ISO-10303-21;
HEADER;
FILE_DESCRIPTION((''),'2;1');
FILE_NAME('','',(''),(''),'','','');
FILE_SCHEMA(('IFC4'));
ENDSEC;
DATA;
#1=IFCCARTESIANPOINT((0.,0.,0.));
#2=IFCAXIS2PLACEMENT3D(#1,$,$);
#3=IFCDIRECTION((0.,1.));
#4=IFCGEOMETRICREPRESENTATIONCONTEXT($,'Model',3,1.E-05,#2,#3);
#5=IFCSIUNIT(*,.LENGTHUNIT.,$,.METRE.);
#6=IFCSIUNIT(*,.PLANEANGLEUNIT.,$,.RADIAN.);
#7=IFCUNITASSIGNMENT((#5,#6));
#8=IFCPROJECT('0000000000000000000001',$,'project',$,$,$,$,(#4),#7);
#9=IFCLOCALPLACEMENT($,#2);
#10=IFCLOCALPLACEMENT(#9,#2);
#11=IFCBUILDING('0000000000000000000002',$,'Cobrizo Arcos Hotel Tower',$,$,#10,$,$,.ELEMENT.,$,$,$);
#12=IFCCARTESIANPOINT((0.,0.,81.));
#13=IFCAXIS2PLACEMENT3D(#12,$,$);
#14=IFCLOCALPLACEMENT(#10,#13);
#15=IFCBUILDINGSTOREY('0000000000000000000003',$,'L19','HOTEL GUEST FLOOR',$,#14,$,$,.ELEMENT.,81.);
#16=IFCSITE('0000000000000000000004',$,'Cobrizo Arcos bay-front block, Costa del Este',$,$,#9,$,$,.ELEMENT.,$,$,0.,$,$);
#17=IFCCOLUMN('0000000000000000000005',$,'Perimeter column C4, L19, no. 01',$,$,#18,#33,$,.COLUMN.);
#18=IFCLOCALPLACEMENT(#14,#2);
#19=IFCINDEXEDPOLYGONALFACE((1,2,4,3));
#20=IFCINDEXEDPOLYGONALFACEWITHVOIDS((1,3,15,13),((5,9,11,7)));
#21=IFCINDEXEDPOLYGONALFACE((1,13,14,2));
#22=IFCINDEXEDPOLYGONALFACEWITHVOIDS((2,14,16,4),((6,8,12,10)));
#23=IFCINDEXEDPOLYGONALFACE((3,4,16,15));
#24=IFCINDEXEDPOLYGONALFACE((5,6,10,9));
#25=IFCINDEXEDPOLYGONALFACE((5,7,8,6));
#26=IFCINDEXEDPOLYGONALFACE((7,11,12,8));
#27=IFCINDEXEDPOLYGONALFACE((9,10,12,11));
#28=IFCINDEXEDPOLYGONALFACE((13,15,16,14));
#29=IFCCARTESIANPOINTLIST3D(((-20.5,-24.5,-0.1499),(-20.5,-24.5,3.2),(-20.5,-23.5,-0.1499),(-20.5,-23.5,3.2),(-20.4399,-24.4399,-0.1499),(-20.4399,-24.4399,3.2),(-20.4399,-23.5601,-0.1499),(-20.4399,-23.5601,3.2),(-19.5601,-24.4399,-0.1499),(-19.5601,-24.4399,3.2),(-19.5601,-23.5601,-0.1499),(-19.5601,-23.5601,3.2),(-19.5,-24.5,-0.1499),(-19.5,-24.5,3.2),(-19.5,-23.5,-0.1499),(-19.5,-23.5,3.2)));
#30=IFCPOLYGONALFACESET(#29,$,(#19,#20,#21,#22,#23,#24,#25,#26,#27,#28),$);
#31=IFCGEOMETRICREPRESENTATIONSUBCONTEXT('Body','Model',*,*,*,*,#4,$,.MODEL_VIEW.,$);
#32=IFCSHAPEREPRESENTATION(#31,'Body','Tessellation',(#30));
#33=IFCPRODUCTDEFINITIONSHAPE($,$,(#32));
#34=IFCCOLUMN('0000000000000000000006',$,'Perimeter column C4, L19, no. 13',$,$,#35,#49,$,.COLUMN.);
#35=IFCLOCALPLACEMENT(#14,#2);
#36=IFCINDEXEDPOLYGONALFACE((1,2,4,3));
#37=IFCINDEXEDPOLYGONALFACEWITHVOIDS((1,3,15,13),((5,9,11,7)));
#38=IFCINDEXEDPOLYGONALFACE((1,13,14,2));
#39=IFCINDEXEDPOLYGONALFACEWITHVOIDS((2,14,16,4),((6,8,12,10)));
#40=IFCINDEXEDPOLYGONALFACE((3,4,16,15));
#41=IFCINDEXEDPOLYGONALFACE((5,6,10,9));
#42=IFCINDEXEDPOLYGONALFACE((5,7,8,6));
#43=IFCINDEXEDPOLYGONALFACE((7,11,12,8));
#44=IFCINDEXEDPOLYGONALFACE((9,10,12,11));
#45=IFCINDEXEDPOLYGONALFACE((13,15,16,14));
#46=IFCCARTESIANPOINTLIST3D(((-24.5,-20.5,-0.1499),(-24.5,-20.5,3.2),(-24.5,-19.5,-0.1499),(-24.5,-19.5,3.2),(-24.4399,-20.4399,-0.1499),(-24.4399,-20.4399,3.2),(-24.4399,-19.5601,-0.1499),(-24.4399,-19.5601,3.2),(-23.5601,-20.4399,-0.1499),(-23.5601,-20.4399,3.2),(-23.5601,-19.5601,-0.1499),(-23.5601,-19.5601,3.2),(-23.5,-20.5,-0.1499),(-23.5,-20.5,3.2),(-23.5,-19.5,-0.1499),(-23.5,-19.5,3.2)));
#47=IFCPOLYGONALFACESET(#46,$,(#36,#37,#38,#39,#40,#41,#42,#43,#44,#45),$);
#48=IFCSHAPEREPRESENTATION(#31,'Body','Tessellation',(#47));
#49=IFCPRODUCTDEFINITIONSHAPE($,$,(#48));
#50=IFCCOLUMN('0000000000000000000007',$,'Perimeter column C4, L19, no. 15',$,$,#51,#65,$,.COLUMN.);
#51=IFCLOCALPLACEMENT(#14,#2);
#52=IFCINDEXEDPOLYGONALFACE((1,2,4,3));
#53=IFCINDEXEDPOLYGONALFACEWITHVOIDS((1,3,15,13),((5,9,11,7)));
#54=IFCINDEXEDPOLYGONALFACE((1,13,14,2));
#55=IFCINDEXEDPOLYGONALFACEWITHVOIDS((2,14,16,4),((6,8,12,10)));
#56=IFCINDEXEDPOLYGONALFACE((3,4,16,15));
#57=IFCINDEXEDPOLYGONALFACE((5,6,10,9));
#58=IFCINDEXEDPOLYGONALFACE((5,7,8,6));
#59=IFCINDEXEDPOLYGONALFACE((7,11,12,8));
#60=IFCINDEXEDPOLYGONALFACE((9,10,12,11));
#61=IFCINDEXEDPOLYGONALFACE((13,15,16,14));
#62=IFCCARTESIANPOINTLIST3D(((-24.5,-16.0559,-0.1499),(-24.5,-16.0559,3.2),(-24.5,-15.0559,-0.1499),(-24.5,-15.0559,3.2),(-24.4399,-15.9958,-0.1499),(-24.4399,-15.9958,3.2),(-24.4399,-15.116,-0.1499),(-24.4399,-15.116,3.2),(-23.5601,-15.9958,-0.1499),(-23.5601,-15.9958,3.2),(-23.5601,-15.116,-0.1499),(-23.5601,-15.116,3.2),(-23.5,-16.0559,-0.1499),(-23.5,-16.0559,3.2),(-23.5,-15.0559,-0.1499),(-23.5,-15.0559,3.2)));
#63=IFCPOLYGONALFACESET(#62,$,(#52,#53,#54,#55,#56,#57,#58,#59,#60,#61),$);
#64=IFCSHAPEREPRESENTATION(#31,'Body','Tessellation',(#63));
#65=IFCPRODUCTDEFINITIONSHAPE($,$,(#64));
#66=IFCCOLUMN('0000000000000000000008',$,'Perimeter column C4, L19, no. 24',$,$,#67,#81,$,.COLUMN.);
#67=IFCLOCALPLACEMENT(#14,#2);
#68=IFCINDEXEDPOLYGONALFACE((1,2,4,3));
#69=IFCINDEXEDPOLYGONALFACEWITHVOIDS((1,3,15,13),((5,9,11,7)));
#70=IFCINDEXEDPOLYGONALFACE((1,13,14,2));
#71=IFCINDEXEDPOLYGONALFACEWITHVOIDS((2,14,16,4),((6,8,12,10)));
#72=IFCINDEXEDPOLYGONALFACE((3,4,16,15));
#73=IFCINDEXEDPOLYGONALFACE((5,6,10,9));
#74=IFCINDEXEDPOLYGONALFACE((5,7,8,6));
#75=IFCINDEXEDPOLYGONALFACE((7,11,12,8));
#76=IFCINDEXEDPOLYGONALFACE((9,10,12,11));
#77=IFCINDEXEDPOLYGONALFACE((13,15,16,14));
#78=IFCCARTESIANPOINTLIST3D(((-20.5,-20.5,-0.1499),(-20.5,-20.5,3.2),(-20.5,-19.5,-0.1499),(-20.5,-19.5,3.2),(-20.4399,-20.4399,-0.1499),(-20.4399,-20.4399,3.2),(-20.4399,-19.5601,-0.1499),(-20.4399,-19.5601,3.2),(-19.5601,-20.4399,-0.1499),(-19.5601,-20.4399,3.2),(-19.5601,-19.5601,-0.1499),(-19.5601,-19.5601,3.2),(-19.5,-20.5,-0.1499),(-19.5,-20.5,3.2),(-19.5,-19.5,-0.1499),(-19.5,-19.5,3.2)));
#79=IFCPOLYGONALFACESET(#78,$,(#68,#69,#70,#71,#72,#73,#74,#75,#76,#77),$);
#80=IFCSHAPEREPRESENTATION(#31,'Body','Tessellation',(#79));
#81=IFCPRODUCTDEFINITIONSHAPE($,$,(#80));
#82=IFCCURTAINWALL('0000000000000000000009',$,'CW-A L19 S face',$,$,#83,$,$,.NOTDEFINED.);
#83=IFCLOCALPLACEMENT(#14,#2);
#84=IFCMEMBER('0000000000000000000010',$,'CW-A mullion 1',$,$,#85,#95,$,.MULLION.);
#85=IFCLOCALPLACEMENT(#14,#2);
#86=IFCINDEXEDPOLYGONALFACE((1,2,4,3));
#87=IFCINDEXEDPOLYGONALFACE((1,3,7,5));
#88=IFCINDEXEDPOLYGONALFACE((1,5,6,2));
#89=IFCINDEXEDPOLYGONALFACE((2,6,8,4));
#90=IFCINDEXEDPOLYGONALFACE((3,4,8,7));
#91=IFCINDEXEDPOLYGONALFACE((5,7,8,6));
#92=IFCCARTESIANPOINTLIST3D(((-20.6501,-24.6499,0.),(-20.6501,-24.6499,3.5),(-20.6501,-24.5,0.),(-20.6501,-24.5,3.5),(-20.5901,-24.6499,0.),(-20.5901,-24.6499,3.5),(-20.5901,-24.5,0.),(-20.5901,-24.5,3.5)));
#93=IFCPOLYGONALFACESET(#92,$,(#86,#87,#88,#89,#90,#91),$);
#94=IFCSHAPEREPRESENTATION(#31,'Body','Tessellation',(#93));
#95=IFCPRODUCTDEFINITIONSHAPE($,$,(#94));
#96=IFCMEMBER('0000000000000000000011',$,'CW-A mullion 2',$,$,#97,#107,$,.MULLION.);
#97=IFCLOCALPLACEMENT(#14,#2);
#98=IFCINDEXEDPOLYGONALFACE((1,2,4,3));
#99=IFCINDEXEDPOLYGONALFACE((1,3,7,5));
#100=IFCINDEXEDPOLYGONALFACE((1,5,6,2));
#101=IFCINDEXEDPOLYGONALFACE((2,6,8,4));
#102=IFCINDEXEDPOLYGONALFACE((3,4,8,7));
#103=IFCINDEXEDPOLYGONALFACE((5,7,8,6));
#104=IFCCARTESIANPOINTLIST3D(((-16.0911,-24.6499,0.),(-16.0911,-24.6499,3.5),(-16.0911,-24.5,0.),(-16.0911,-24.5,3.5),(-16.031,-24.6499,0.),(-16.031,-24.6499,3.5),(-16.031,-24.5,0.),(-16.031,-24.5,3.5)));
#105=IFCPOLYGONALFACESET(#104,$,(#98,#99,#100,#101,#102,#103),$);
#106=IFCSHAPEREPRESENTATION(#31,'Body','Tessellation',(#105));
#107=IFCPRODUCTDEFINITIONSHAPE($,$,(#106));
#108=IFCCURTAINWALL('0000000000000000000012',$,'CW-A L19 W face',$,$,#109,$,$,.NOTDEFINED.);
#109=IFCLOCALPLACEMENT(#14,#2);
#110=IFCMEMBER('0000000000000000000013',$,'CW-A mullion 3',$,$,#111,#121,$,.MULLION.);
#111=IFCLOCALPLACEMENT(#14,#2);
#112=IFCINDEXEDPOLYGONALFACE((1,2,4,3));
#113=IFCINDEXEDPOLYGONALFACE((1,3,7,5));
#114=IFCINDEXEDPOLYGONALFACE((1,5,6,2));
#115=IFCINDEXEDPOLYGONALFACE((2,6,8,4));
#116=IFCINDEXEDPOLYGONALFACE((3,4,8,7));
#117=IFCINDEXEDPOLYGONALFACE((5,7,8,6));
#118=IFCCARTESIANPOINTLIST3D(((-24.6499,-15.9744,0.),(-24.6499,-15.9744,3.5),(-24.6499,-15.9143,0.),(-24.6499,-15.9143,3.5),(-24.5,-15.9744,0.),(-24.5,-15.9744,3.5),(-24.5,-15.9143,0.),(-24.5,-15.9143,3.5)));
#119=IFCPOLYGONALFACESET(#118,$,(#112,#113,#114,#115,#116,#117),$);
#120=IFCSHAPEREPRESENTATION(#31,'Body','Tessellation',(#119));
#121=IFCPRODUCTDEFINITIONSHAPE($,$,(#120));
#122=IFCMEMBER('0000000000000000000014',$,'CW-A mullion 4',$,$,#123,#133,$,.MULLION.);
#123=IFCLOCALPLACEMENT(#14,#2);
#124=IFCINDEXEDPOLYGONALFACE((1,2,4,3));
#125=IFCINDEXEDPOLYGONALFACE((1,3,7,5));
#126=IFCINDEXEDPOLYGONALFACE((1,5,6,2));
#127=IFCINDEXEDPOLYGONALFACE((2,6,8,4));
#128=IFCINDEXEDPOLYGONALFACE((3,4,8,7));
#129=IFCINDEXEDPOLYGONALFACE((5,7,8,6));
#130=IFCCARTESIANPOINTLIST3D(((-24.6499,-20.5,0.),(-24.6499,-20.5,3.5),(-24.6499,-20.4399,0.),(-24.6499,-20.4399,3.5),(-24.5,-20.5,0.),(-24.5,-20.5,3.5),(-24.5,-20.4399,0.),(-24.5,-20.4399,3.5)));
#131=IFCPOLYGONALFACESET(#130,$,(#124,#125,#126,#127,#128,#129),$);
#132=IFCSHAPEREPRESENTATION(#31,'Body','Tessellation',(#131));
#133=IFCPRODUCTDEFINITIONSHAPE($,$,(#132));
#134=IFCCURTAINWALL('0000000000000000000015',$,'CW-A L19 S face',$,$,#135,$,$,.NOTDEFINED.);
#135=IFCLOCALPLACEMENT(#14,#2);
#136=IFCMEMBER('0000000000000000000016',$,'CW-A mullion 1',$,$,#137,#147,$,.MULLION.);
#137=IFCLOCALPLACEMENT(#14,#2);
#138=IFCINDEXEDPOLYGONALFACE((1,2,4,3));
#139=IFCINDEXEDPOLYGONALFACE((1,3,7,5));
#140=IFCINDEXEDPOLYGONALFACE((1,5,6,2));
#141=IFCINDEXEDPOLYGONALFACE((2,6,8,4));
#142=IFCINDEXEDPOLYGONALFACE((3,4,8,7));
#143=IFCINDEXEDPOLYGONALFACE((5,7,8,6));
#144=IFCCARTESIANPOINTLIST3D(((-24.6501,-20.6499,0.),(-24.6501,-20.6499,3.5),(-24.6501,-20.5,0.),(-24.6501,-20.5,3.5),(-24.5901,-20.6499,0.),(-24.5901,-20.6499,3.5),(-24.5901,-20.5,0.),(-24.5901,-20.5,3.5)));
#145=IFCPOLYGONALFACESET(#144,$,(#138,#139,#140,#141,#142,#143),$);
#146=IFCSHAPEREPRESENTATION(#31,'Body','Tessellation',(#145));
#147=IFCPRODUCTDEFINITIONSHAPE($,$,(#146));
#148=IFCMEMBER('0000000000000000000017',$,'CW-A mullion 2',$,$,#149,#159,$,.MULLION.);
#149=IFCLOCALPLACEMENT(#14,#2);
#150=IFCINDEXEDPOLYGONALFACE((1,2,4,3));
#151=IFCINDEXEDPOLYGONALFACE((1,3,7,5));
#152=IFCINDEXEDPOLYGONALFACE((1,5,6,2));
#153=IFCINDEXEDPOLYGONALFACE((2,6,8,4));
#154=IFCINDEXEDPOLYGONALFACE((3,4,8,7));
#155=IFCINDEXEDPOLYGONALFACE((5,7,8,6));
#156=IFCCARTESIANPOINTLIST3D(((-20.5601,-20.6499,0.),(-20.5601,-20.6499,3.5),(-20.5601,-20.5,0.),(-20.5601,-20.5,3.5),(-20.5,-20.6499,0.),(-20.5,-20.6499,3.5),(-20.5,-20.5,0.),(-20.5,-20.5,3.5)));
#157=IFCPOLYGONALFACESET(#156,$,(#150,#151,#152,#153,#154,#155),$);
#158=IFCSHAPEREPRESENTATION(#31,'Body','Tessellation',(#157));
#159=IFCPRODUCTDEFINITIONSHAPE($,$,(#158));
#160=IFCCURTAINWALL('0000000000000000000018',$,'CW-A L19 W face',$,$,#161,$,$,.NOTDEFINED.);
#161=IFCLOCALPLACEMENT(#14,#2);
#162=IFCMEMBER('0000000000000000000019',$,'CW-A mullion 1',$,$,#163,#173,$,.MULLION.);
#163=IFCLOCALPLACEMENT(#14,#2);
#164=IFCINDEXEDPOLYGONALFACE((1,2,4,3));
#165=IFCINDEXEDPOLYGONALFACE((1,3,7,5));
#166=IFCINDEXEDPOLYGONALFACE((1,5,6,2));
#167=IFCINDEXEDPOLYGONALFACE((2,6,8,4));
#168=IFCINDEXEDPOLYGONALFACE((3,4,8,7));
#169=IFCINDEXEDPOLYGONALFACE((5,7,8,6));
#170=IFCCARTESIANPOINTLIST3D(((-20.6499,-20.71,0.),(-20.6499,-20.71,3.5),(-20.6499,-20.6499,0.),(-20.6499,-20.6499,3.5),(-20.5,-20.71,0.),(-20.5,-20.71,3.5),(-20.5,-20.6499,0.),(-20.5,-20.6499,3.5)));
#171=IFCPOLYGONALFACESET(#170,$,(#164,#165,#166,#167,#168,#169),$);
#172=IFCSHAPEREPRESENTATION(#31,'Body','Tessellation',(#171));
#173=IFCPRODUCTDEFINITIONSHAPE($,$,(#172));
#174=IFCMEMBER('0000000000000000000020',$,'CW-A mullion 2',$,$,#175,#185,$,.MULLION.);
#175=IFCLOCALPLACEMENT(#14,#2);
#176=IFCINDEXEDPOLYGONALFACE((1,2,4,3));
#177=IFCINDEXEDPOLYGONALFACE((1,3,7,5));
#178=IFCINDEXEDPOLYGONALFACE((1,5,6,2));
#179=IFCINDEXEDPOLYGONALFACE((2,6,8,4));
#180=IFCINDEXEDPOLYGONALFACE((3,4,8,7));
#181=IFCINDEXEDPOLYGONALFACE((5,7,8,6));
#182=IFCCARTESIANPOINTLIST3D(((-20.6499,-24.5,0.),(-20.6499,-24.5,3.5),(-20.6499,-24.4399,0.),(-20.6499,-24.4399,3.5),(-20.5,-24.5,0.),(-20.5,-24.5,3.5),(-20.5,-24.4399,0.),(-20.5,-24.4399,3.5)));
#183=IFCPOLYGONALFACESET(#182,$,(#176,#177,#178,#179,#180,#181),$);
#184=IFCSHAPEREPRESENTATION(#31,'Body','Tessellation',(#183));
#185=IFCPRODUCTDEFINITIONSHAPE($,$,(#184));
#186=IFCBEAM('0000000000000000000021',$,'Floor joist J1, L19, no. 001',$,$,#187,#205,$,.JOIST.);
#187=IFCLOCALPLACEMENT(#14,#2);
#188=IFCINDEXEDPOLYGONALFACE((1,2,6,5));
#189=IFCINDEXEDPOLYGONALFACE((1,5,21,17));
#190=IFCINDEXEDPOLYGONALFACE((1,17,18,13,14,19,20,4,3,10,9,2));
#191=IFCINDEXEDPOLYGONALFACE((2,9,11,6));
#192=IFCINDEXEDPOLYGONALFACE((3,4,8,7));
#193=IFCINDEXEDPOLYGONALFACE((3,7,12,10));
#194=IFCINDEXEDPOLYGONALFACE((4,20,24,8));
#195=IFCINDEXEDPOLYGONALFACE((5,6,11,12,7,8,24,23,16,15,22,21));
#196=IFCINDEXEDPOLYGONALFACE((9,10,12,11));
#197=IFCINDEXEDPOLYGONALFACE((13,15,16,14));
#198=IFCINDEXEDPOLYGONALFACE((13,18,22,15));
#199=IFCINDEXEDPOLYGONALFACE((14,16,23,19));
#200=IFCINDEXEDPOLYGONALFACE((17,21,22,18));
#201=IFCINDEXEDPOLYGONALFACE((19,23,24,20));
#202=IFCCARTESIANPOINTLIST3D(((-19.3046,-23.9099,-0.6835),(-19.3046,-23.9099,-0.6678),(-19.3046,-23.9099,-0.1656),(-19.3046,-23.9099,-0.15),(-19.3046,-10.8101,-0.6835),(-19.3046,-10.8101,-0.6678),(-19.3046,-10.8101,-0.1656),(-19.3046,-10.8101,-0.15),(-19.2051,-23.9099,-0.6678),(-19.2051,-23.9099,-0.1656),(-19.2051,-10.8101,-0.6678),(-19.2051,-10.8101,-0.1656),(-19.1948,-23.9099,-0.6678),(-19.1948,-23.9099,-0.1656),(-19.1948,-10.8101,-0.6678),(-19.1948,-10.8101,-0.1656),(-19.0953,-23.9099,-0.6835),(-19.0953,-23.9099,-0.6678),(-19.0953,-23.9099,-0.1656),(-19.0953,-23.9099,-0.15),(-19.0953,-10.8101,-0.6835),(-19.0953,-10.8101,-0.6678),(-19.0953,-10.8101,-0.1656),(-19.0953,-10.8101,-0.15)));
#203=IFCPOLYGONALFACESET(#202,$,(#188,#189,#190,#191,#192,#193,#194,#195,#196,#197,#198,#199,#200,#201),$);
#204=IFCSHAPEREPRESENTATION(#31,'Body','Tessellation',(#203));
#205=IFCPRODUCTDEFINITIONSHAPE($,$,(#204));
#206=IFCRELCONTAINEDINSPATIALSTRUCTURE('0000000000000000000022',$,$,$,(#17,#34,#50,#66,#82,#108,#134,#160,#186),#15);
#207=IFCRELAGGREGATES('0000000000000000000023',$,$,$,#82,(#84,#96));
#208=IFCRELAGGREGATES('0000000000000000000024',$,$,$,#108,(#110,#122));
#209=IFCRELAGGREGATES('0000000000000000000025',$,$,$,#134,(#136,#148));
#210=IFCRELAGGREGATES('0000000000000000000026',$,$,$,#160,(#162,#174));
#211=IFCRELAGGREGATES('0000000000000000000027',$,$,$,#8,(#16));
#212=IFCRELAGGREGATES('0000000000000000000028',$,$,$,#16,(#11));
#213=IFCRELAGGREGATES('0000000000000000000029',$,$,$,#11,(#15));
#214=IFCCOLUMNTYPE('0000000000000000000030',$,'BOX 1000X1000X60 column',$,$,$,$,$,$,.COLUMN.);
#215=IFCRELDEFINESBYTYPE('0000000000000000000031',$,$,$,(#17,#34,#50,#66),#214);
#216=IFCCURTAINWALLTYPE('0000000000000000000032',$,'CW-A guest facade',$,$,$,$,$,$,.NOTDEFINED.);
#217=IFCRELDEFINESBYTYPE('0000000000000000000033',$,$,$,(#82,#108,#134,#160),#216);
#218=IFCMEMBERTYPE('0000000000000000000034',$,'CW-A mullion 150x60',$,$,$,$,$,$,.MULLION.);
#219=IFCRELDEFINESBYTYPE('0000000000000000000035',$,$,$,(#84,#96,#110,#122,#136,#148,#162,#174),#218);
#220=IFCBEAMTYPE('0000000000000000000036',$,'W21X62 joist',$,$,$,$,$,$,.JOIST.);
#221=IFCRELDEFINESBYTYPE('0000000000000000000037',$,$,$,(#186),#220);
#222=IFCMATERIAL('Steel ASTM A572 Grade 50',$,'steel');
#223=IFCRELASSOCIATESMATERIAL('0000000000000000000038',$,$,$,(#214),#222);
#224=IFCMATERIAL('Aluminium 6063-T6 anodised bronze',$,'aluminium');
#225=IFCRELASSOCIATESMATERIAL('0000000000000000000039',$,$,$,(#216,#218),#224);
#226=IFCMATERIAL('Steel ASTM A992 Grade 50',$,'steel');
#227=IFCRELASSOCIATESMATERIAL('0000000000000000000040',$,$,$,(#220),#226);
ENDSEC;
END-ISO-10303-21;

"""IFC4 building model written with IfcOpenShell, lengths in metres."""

from ifc_helpers import new_model, si_unit, direction, frame, origin, origin_2d, place, context, subcontext, project, spatial, rectangle, hollow_rectangle, i_section, extrude, material, material_profile, profile_set, type_object, element, aggregate, save


model = new_model("IFC4")

# Units and contexts
model_context = context("Model", 3, precision=1e-05, world=origin(), true_north=direction((0.0, 1.0)))
body_context = subcontext(model_context, "Body", "Model", "MODEL_VIEW")
ifc_project = project(units=[si_unit("LENGTHUNIT", "METRE"), si_unit("PLANEANGLEUNIT", "RADIAN")], contexts=[model_context])

# Site, building, storey
site_placement = place(None, origin())
site = spatial("IfcSite", under=ifc_project, at=site_placement, Name="Cobrizo Arcos bay-front block, Costa del Este", CompositionType="ELEMENT", RefElevation=0.0)
building_placement = place(site_placement, origin())
building = spatial("IfcBuilding", under=site, at=building_placement, Name="Cobrizo Arcos Hotel Tower", CompositionType="ELEMENT")
storey_placement = place(building_placement, frame((0.0, 0.0, 81.0)))
storey = spatial("IfcBuildingStorey", under=building, at=storey_placement, Name="L19", Description="HOTEL GUEST FLOOR", CompositionType="ELEMENT", Elevation=81.0)

# Columns
ifc_material_1 = material(Name="Steel ASTM A572 Grade 50", Category="steel")
ifc_material_profile_1 = material_profile(ifc_material_1, hollow_rectangle(XDim=1.0, YDim=1.0, WallThickness=0.0601, at=origin_2d()), Name="BOX 1000X1000X60")
ifc_profile_set_1 = profile_set([ifc_material_profile_1], Name="Steel ASTM A572 Grade 50")
column_type = type_object("IfcColumnType", Name="BOX 1000X1000X60 column", PredefinedType="COLUMN", material=ifc_profile_set_1)
for number, where, z_axis, x_axis, name in (
    (1, (-20.0, -24.0, -0.1499), (0.0, 0.0, 1.0), (1.0, 0.0, 0.0), "Perimeter column C4, L19, no. 01"),
    (2, (-24.0, -20.0, -0.1499), (0.0, 0.0, 1.0), (1.0, 0.0, 0.0), "Perimeter column C4, L19, no. 13"),
    (3, (-24.0, -15.5559, -0.1499), (0.0, 0.0, 1.0), (1.0, 0.0, 0.0), "Perimeter column C4, L19, no. 15"),
    (4, (-20.0, -20.0, -0.1499), (0.0, 0.0, 1.0), (1.0, 0.0, 0.0), "Perimeter column C4, L19, no. 24"),
):
    element("IfcColumn", number, at=place(storey_placement, frame(where, z_axis=z_axis, x_axis=x_axis)), inside=storey, type_object=column_type, Name=name, PredefinedType="COLUMN", context=body_context, shape_type="SweptSolid", body=[
        extrude(hollow_rectangle(XDim=1.0, YDim=1.0, WallThickness=0.0601, at=origin_2d()), origin(), (0.0, 0.0, 1.0), 3.3499),
    ])

# Curtain walls, members
ifc_material_2 = material(Name="Aluminium 6063-T6 anodised bronze", Category="aluminium")
curtain_wall_type = type_object("IfcCurtainWallType", Name="CW-A guest facade", PredefinedType="NOTDEFINED", material=ifc_material_2)
curtain_wall_1_placement = place(storey_placement, origin())
curtain_wall_1 = element("IfcCurtainWall", 5, at=curtain_wall_1_placement, inside=storey, type_object=curtain_wall_type, Name="CW-A L19 S face", PredefinedType="NOTDEFINED")
ifc_material_profile_2 = material_profile(ifc_material_2, rectangle(XDim=0.1499, YDim=0.0601, at=origin_2d()), Name="CW-A mullion 150x60")
ifc_profile_set_2 = profile_set([ifc_material_profile_2], Name="Aluminium 6063-T6 anodised bronze")
member_type = type_object("IfcMemberType", Name="CW-A mullion 150x60", PredefinedType="MULLION", material=ifc_profile_set_2)
member_1_placement = place(storey_placement, frame((-20.6201, -24.575, 0.0), z_axis=(0.0, 0.0, 1.0), x_axis=(0.0, -1.0, 0.0)))
member_1 = element("IfcMember", 6, at=member_1_placement, type_object=member_type, Name="CW-A mullion 1", PredefinedType="MULLION", context=body_context, shape_type="SweptSolid", body=[
    extrude(rectangle(XDim=0.1499, YDim=0.0601, at=origin_2d()), origin(), (0.0, 0.0, 1.0), 3.5),
])
member_2_placement = place(storey_placement, frame((-16.061, -24.575, 0.0), z_axis=(0.0, 0.0, 1.0), x_axis=(0.0, -1.0, 0.0)))
member_2 = element("IfcMember", 7, at=member_2_placement, type_object=member_type, Name="CW-A mullion 2", PredefinedType="MULLION", context=body_context, shape_type="SweptSolid", body=[
    extrude(rectangle(XDim=0.1499, YDim=0.0601, at=origin_2d()), origin(), (0.0, 0.0, 1.0), 3.5),
])
curtain_wall_2_placement = place(storey_placement, origin())
curtain_wall_2 = element("IfcCurtainWall", 8, at=curtain_wall_2_placement, inside=storey, type_object=curtain_wall_type, Name="CW-A L19 W face", PredefinedType="NOTDEFINED")
member_3_placement = place(storey_placement, frame((-24.575, -15.9443, 0.0), z_axis=(0.0, 0.0, 1.0), x_axis=(-1.0, 0.0, 0.0)))
member_3 = element("IfcMember", 9, at=member_3_placement, type_object=member_type, Name="CW-A mullion 3", PredefinedType="MULLION", context=body_context, shape_type="SweptSolid", body=[
    extrude(rectangle(XDim=0.1499, YDim=0.0601, at=origin_2d()), origin(), (0.0, 0.0, 1.0), 3.5),
])
member_4_placement = place(storey_placement, frame((-24.575, -20.47, 0.0), z_axis=(0.0, 0.0, 1.0), x_axis=(-1.0, 0.0, 0.0)))
member_4 = element("IfcMember", 10, at=member_4_placement, type_object=member_type, Name="CW-A mullion 4", PredefinedType="MULLION", context=body_context, shape_type="SweptSolid", body=[
    extrude(rectangle(XDim=0.1499, YDim=0.0601, at=origin_2d()), origin(), (0.0, 0.0, 1.0), 3.5),
])
curtain_wall_3_placement = place(storey_placement, origin())
curtain_wall_3 = element("IfcCurtainWall", 11, at=curtain_wall_3_placement, inside=storey, type_object=curtain_wall_type, Name="CW-A L19 S face", PredefinedType="NOTDEFINED")
member_5_placement = place(storey_placement, frame((-24.6201, -20.575, 0.0), z_axis=(0.0, 0.0, 1.0), x_axis=(0.0, -1.0, 0.0)))
member_5 = element("IfcMember", 12, at=member_5_placement, type_object=member_type, Name="CW-A mullion 1", PredefinedType="MULLION", context=body_context, shape_type="SweptSolid", body=[
    extrude(rectangle(XDim=0.1499, YDim=0.0601, at=origin_2d()), origin(), (0.0, 0.0, 1.0), 3.5),
])
member_6_placement = place(storey_placement, frame((-20.53, -20.575, 0.0), z_axis=(0.0, 0.0, 1.0), x_axis=(0.0, -1.0, 0.0)))
member_6 = element("IfcMember", 13, at=member_6_placement, type_object=member_type, Name="CW-A mullion 2", PredefinedType="MULLION", context=body_context, shape_type="SweptSolid", body=[
    extrude(rectangle(XDim=0.1499, YDim=0.0601, at=origin_2d()), origin(), (0.0, 0.0, 1.0), 3.5),
])
curtain_wall_4_placement = place(storey_placement, origin())
curtain_wall_4 = element("IfcCurtainWall", 14, at=curtain_wall_4_placement, inside=storey, type_object=curtain_wall_type, Name="CW-A L19 W face", PredefinedType="NOTDEFINED")
member_7_placement = place(storey_placement, frame((-20.575, -20.6799, 0.0), z_axis=(0.0, 0.0, 1.0), x_axis=(-1.0, 0.0, 0.0)))
member_7 = element("IfcMember", 15, at=member_7_placement, type_object=member_type, Name="CW-A mullion 1", PredefinedType="MULLION", context=body_context, shape_type="SweptSolid", body=[
    extrude(rectangle(XDim=0.1499, YDim=0.0601, at=origin_2d()), origin(), (0.0, 0.0, 1.0), 3.5),
])
member_8_placement = place(storey_placement, frame((-20.575, -24.47, 0.0), z_axis=(0.0, 0.0, 1.0), x_axis=(-1.0, 0.0, 0.0)))
member_8 = element("IfcMember", 16, at=member_8_placement, type_object=member_type, Name="CW-A mullion 2", PredefinedType="MULLION", context=body_context, shape_type="SweptSolid", body=[
    extrude(rectangle(XDim=0.1499, YDim=0.0601, at=origin_2d()), origin(), (0.0, 0.0, 1.0), 3.5),
])

# Beam
ifc_material_3 = material(Name="Steel ASTM A992 Grade 50", Category="steel")
ifc_material_profile_3 = material_profile(ifc_material_3, i_section(OverallWidth=0.2092, OverallDepth=0.5334, WebThickness=0.0103, FlangeThickness=0.0156, at=origin_2d()), Name="W21X62")
ifc_profile_set_3 = profile_set([ifc_material_profile_3], Name="Steel ASTM A992 Grade 50")
beam_type_1 = type_object("IfcBeamType", Name="W21X62 joist", PredefinedType="JOIST", material=ifc_profile_set_3)
beam_1_placement = place(storey_placement, frame((-19.2, -23.9099, -0.4167), z_axis=(0.0, 1.0, 0.0), x_axis=(-1.0, 0.0, 0.0)))
element("IfcBeam", 17, at=beam_1_placement, inside=storey, type_object=beam_type_1, Name="Floor joist J1, L19, no. 001", PredefinedType="JOIST", context=body_context, shape_type="SweptSolid", body=[
    extrude(i_section(OverallWidth=0.2092, OverallDepth=0.5334, WebThickness=0.0103, FlangeThickness=0.0156, at=origin_2d()), origin(), (0.0, 0.0, 1.0), 13.0999),
])

aggregate(curtain_wall_1, [member_1, member_2])
aggregate(curtain_wall_2, [member_3, member_4])
aggregate(curtain_wall_3, [member_5, member_6])
aggregate(curtain_wall_4, [member_7, member_8])

save(model, "model.ifc")
